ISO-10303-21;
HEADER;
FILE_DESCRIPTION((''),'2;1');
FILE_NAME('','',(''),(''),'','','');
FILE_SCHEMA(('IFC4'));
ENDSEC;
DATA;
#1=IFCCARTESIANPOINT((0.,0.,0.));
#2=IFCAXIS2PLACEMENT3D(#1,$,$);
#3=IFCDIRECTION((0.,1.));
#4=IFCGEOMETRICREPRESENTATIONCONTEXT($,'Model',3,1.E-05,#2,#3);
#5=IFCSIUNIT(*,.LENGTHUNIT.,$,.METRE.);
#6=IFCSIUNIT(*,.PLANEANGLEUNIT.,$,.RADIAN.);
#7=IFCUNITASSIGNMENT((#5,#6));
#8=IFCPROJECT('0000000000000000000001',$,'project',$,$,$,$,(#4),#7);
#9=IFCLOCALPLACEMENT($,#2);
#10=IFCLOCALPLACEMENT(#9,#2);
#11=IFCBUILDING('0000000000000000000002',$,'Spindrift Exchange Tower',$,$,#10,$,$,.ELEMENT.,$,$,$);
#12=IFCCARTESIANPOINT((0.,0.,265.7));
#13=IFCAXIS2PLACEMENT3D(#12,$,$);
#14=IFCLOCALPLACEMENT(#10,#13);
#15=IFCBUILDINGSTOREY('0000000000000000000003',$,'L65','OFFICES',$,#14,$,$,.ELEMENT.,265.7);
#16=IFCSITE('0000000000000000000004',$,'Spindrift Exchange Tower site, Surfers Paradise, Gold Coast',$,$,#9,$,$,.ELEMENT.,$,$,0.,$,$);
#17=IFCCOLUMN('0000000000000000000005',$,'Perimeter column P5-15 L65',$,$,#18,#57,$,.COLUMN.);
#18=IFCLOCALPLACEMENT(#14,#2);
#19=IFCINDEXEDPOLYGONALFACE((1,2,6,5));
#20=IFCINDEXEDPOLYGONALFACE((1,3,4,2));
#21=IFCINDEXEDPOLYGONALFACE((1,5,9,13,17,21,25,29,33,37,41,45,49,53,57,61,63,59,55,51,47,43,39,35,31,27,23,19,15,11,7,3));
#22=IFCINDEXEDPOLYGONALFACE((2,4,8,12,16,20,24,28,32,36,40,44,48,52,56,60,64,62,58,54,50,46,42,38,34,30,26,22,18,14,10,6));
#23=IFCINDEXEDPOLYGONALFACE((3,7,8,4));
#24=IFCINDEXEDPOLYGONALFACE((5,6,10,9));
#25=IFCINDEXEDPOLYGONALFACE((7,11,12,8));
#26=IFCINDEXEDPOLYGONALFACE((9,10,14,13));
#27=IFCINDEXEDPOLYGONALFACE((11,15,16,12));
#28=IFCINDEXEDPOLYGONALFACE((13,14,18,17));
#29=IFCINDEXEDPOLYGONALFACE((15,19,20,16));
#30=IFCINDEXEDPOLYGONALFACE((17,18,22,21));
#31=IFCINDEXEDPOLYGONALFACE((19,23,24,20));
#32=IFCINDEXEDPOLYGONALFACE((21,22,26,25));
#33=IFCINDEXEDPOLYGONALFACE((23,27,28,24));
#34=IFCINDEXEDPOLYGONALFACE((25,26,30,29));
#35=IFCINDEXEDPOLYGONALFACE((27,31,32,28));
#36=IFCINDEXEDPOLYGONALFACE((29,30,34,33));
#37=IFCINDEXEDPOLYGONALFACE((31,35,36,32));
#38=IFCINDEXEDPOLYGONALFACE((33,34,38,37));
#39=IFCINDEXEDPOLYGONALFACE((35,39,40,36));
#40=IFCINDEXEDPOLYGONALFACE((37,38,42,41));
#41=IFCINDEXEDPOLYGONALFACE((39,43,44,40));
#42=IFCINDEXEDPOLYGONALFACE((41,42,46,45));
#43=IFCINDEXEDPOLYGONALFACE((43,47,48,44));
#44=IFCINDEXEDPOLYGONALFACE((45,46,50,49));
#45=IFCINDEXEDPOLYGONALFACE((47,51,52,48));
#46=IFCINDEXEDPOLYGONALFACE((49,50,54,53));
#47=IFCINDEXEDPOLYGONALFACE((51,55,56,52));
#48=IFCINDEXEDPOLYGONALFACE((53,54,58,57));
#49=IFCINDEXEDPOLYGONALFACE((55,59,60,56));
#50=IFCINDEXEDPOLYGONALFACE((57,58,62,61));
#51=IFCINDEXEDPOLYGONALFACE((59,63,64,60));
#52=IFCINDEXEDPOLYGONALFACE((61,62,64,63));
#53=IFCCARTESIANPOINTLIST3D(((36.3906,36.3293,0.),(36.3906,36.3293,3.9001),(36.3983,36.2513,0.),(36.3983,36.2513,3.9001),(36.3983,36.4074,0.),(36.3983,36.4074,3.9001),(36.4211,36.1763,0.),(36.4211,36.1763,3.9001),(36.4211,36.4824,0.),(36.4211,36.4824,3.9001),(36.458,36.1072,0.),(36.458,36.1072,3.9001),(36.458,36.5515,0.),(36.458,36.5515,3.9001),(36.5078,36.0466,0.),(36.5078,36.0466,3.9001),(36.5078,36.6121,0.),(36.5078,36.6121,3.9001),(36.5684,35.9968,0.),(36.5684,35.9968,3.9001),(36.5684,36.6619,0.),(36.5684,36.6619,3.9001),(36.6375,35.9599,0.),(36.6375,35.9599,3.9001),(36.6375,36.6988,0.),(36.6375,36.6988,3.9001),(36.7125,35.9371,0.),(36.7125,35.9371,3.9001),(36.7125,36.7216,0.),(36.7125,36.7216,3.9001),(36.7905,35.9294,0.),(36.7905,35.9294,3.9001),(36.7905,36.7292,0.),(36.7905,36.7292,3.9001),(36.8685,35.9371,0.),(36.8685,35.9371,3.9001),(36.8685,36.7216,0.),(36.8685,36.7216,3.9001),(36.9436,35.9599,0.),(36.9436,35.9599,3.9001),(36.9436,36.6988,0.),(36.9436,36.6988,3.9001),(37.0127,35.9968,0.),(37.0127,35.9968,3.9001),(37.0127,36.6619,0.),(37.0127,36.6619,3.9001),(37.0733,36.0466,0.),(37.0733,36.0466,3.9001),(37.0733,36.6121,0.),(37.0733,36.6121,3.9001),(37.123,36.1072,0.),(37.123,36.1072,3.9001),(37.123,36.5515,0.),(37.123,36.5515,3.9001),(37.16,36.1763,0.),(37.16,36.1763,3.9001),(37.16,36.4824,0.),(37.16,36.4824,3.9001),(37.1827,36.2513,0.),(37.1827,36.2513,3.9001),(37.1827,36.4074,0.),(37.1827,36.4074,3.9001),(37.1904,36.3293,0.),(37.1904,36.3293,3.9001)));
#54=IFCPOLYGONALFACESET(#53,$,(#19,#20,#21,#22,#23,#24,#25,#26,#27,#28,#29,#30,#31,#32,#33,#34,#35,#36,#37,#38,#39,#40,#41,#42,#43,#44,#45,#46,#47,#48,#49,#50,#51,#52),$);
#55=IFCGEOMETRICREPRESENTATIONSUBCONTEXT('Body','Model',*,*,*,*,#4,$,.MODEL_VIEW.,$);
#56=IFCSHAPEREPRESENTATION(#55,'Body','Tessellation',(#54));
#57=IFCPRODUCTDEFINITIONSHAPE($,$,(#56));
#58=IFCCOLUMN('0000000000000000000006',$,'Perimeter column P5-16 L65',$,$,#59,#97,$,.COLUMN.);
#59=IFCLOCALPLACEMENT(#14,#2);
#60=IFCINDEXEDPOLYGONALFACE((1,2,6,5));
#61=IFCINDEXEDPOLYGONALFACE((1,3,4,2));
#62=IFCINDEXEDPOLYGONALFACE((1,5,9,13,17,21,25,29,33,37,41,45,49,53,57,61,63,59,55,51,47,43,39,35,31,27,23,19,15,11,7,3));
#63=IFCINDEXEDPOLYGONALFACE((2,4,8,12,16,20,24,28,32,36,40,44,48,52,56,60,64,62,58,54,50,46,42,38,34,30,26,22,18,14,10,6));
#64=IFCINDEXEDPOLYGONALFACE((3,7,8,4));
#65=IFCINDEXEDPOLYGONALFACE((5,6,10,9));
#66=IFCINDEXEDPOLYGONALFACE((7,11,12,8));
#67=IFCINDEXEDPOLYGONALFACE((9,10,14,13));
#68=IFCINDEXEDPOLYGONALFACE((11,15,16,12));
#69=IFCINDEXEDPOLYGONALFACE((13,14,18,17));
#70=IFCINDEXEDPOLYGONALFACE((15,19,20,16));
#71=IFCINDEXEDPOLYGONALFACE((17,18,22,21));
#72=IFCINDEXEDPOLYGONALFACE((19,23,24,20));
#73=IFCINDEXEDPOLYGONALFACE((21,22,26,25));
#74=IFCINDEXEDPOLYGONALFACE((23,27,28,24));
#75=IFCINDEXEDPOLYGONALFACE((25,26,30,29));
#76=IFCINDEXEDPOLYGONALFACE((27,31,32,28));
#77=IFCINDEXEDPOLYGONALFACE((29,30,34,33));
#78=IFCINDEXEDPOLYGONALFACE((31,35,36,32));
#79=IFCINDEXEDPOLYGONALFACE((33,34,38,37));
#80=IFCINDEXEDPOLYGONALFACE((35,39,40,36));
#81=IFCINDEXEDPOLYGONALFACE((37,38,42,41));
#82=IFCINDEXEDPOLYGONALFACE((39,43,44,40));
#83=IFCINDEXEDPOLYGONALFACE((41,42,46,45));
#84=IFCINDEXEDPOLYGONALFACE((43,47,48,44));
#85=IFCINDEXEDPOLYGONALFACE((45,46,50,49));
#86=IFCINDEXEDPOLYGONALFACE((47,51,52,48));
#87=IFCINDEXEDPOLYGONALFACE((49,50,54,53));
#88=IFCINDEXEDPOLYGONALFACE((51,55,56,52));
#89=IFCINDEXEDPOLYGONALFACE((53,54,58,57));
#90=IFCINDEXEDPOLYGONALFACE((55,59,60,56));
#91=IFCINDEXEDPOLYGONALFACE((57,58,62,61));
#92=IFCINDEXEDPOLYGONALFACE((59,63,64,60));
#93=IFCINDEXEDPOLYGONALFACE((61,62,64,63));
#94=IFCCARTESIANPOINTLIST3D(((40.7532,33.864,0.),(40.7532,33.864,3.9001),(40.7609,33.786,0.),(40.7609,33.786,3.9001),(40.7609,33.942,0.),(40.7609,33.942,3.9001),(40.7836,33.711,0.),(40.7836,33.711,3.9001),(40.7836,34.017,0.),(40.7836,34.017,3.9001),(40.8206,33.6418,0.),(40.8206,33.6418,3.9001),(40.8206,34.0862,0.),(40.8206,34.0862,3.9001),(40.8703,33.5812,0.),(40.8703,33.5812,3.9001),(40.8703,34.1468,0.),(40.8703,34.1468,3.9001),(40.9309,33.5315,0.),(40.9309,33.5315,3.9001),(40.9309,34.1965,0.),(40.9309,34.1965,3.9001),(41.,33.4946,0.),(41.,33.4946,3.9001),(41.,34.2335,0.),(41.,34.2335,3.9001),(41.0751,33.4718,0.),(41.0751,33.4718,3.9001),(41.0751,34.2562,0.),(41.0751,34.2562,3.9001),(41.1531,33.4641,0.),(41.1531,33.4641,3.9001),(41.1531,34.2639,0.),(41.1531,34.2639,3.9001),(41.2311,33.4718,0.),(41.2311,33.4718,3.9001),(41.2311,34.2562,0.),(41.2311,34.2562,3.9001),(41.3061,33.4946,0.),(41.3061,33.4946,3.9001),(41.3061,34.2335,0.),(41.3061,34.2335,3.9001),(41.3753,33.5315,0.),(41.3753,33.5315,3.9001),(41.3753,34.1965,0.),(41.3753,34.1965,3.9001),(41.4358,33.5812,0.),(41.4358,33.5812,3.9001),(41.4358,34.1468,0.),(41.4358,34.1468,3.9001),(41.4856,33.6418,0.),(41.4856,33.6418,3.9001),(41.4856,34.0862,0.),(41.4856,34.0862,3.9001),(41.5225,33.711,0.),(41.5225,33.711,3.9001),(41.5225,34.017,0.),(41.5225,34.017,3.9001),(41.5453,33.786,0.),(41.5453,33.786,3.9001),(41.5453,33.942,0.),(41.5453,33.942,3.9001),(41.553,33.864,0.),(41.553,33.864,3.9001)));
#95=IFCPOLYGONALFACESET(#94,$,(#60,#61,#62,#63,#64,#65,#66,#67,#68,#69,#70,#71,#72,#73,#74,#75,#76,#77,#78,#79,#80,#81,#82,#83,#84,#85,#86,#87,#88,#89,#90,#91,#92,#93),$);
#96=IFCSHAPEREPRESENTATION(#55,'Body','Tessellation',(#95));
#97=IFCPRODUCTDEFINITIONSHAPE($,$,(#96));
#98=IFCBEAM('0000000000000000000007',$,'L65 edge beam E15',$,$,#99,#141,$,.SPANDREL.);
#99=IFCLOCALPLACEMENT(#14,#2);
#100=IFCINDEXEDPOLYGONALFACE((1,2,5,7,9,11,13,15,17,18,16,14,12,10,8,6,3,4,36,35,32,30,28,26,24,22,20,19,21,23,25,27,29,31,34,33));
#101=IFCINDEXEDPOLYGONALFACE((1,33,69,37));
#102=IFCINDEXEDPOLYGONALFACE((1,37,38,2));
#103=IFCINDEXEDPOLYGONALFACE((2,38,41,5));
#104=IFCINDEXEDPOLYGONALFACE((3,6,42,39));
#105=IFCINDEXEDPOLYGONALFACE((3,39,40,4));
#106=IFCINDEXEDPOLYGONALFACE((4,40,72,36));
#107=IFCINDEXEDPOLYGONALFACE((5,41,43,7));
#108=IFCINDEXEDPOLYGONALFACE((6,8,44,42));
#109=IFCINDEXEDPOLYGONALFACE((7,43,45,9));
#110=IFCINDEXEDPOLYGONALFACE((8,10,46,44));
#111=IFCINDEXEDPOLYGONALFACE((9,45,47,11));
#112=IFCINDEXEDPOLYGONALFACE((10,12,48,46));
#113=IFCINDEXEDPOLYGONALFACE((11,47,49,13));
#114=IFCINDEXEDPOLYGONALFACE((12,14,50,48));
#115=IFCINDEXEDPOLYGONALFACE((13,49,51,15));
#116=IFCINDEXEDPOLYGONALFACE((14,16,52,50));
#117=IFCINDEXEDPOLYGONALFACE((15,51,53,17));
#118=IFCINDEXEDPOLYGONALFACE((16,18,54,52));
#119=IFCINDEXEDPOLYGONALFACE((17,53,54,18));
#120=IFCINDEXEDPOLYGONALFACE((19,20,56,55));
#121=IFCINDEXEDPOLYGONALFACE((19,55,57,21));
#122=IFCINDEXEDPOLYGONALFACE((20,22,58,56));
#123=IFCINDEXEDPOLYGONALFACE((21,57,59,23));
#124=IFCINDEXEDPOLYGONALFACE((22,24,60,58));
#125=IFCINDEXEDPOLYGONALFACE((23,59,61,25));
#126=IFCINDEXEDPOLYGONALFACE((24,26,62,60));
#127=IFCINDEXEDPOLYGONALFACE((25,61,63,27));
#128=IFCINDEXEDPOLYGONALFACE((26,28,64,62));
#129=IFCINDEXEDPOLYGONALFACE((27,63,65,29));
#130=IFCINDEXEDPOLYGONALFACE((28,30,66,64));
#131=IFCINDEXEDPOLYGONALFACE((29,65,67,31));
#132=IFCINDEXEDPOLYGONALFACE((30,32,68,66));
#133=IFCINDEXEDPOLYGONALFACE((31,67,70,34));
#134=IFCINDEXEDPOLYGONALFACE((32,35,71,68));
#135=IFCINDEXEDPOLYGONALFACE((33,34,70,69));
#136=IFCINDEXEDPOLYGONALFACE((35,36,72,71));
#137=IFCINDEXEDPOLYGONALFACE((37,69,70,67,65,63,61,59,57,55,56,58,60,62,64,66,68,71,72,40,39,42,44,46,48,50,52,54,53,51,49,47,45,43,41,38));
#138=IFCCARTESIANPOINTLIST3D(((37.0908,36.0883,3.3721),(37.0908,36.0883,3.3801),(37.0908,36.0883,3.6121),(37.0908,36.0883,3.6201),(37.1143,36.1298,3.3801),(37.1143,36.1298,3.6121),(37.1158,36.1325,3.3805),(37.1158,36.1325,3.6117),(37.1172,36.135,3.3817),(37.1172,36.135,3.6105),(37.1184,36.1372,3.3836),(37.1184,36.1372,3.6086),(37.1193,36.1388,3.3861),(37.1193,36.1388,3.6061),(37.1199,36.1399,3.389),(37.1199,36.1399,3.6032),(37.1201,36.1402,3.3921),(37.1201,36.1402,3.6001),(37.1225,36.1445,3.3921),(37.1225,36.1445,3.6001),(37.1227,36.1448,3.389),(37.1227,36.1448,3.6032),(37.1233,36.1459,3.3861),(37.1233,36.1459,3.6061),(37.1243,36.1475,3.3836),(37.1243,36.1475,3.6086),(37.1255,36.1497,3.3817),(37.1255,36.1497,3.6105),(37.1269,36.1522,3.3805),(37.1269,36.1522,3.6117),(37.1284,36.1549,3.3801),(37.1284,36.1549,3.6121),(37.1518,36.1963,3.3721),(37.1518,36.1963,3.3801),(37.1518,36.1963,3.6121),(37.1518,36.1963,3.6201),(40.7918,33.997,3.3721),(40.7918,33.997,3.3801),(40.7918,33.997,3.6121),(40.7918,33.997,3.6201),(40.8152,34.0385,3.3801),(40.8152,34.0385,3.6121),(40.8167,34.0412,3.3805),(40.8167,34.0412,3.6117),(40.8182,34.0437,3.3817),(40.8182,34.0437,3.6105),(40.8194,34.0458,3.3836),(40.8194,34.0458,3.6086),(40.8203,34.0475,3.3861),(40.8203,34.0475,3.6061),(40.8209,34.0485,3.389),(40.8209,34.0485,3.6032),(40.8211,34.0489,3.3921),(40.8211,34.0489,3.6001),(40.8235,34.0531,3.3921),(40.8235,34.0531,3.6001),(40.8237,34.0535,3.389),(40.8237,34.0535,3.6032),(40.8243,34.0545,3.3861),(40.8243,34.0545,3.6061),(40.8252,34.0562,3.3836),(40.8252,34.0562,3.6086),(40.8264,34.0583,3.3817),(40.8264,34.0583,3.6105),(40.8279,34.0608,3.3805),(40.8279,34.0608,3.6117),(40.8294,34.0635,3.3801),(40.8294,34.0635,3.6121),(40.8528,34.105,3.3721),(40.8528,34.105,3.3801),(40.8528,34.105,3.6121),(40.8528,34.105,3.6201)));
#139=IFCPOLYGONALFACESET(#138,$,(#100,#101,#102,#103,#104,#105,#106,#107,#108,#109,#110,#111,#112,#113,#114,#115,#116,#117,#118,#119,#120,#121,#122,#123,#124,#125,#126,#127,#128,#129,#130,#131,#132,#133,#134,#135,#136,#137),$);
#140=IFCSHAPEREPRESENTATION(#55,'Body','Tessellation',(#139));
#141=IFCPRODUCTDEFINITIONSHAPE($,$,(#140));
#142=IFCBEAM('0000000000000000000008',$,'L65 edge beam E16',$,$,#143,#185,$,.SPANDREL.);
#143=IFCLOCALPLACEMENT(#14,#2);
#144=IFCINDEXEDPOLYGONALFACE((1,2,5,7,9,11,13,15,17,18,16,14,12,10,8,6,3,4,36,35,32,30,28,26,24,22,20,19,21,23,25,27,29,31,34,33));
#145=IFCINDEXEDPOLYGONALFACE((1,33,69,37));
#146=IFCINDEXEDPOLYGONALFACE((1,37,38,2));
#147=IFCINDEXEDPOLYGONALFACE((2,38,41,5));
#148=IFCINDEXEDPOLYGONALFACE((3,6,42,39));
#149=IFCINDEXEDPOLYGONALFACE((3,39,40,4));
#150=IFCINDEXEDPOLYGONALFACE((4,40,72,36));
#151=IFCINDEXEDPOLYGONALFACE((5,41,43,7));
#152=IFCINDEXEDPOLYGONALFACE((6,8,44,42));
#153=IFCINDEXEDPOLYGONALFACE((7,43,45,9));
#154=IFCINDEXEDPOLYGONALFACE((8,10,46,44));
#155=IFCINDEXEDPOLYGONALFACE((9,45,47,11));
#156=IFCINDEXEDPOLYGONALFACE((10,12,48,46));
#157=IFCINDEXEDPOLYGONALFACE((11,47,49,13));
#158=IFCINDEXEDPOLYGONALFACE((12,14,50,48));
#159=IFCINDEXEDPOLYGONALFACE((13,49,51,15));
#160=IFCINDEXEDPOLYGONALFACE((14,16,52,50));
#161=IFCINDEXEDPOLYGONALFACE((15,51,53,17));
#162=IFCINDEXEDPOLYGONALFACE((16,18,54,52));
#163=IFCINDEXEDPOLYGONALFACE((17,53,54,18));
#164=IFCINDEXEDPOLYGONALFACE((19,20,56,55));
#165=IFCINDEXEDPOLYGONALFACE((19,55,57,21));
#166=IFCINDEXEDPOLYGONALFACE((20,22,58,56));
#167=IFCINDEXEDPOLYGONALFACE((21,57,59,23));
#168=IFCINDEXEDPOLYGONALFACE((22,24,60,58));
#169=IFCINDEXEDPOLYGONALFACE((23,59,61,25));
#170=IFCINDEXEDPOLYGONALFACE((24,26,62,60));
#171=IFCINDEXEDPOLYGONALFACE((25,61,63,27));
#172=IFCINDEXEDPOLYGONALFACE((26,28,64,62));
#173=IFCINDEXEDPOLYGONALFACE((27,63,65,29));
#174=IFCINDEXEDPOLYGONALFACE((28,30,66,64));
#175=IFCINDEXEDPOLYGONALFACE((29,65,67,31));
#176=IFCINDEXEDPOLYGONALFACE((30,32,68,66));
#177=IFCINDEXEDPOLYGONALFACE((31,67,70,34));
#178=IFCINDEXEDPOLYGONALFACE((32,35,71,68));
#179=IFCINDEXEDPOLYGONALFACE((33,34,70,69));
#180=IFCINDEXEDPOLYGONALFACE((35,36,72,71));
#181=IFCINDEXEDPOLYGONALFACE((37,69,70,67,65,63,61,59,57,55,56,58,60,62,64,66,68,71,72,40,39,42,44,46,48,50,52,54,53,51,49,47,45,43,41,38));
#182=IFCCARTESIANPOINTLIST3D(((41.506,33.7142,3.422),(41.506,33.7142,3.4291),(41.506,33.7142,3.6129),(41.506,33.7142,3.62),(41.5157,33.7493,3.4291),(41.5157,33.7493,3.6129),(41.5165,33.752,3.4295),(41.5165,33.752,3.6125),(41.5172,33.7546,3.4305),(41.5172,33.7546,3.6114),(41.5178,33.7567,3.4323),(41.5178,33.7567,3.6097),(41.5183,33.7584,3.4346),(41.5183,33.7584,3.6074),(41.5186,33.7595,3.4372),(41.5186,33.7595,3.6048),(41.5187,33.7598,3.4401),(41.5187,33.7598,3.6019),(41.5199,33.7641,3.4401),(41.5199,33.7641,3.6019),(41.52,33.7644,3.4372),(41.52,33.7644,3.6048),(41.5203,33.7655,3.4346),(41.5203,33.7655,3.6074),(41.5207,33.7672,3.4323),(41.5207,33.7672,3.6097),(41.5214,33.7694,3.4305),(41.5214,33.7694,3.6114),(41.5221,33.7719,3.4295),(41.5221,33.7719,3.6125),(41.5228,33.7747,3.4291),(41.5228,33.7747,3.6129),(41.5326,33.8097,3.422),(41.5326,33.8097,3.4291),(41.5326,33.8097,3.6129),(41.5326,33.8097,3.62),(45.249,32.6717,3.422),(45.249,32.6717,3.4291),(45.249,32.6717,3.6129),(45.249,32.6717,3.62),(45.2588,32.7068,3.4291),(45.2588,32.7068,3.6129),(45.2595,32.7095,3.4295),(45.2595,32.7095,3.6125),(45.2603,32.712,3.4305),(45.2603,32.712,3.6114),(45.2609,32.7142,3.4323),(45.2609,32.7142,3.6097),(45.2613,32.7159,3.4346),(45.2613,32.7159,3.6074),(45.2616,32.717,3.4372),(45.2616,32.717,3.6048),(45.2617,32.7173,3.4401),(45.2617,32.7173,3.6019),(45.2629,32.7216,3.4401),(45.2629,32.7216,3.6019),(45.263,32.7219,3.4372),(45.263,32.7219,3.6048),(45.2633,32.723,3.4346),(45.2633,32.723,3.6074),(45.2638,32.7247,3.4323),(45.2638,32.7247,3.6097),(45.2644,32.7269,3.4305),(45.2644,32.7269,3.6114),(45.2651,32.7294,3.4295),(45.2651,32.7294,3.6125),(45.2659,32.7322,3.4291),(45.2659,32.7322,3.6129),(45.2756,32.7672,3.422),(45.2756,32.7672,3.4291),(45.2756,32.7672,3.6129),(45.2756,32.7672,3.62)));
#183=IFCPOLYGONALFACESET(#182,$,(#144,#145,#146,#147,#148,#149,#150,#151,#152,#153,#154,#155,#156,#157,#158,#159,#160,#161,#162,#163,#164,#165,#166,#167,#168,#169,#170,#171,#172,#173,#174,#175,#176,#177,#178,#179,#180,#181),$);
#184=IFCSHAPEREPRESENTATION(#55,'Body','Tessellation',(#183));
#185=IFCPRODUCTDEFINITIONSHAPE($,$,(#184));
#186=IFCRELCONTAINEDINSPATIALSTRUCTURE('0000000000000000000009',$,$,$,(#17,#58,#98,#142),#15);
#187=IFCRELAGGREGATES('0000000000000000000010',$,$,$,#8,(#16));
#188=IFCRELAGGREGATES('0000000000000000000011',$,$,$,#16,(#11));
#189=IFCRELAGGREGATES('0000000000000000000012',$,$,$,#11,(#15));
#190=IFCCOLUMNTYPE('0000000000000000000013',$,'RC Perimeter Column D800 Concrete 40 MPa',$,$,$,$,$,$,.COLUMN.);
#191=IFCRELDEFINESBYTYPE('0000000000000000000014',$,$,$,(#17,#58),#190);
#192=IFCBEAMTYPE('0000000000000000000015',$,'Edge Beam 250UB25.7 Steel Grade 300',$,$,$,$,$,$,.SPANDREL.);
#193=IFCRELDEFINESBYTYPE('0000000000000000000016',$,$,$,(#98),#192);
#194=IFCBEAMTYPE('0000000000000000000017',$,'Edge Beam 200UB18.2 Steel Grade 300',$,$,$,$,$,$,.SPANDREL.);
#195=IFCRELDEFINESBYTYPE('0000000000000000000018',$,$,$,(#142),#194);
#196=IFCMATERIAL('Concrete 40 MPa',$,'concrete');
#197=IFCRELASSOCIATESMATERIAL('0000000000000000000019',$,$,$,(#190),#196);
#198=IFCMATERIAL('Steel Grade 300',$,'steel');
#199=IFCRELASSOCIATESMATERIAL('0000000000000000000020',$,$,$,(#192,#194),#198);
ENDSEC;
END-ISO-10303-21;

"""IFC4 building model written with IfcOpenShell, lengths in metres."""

from ifc_helpers import new_model, si_unit, direction, frame, origin, origin_2d, place, context, subcontext, project, spatial, circle, i_section, extrude, source, transform, mapped, material, material_profile, profile_set, type_object, element, save


model = new_model("IFC4")

# Units and contexts
model_context = context("Model", 3, precision=1e-05, world=origin(), true_north=direction((0.0, 1.0)))
body_context = subcontext(model_context, "Body", "Model", "MODEL_VIEW")
ifc_project = project(units=[si_unit("LENGTHUNIT", "METRE"), si_unit("PLANEANGLEUNIT", "RADIAN")], contexts=[model_context])

# Site, building, storey
site_placement = place(None, origin())
site = spatial("IfcSite", under=ifc_project, at=site_placement, Name="Spindrift Exchange Tower site, Surfers Paradise, Gold Coast", CompositionType="ELEMENT", RefElevation=0.0)
building_placement = place(site_placement, origin())
building = spatial("IfcBuilding", under=site, at=building_placement, Name="Spindrift Exchange Tower", CompositionType="ELEMENT")
storey_placement = place(building_placement, frame((0.0, 0.0, 265.7)))
storey = spatial("IfcBuildingStorey", under=building, at=storey_placement, Name="L65", Description="OFFICES", CompositionType="ELEMENT", Elevation=265.7)

# Columns
ifc_material_1 = material(Name="Concrete 40 MPa", Category="concrete")
ifc_material_profile_1 = material_profile(ifc_material_1, circle(Radius=0.3999, at=origin_2d()), Name="RC D800")
ifc_profile_set_1 = profile_set([ifc_material_profile_1], Name="Concrete 40 MPa")
column_type = type_object("IfcColumnType", Name="RC Perimeter Column D800 Concrete 40 MPa", PredefinedType="COLUMN", material=ifc_profile_set_1)
shared_shape_1 = source(origin(), body_context, "Body", "SweptSolid", [
    extrude(circle(Radius=0.3999, at=origin_2d()), origin(), (0.0, 0.0, 1.0), 3.9001),
])
for number, where, z_axis, x_axis, name in (
    (1, (36.7905, 36.3293, 0.0), (0.0, 0.0, 1.0), (1.0, 0.0, 0.0), "Perimeter column P5-15 L65"),
    (2, (41.1531, 33.864, 0.0), (0.0, 0.0, 1.0), (1.0, 0.0, 0.0), "Perimeter column P5-16 L65"),
):
    element("IfcColumn", number, at=place(storey_placement, frame(where, z_axis=z_axis, x_axis=x_axis)), inside=storey, type_object=column_type, Name=name, PredefinedType="COLUMN", context=body_context, shape_type="MappedRepresentation", body=[
        mapped(shared_shape_1, transform((0.0, 0.0, 0.0), scale=1.0)),
    ])

# Beams
ifc_material_2 = material(Name="Steel Grade 300", Category="steel")
ifc_material_profile_2 = material_profile(ifc_material_2, i_section(OverallWidth=0.124, OverallDepth=0.248, WebThickness=0.0049, FlangeThickness=0.0081, FilletRadius=0.012, at=origin_2d()), Name="250UB25.7")
ifc_profile_set_2 = profile_set([ifc_material_profile_2], Name="Steel Grade 300")
beam_type_1 = type_object("IfcBeamType", Name="Edge Beam 250UB25.7 Steel Grade 300", PredefinedType="SPANDREL", material=ifc_profile_set_2)
shared_shape_2 = source(origin(), body_context, "Body", "SweptSolid", [
    extrude(i_section(OverallWidth=0.124, OverallDepth=0.248, WebThickness=0.0049, FlangeThickness=0.0081, FilletRadius=0.012, at=origin_2d()), origin(), (0.0, 0.0, 1.0), 4.251),
])
beam_1_placement = place(storey_placement, frame((37.1213, 36.1423, 3.4961), z_axis=(0.870615, -0.491965, 0.0), x_axis=(0.491965, 0.870615, 0.0)))
element("IfcBeam", 3, at=beam_1_placement, inside=storey, type_object=beam_type_1, Name="L65 edge beam E15", PredefinedType="SPANDREL", context=body_context, shape_type="MappedRepresentation", body=[
    mapped(shared_shape_2, transform((0.0, 0.0, 0.0), scale=1.0)),
])
ifc_material_profile_3 = material_profile(ifc_material_2, i_section(OverallWidth=0.0991, OverallDepth=0.198, WebThickness=0.0044, FlangeThickness=0.0071, FilletRadius=0.011, at=origin_2d()), Name="200UB18.2")
ifc_profile_set_3 = profile_set([ifc_material_profile_3], Name="Steel Grade 300")
beam_type_2 = type_object("IfcBeamType", Name="Edge Beam 200UB18.2 Steel Grade 300", PredefinedType="SPANDREL", material=ifc_profile_set_3)
shared_shape_3 = source(origin(), body_context, "Body", "SweptSolid", [
    extrude(i_section(OverallWidth=0.0991, OverallDepth=0.198, WebThickness=0.0044, FlangeThickness=0.0071, FilletRadius=0.011, at=origin_2d()), origin(), (0.0, 0.0, 1.0), 3.8855),
])
beam_2_placement = place(storey_placement, frame((41.5193, 33.762, 3.521), z_axis=(0.963333, -0.268308, 0.0), x_axis=(0.268308, 0.963333, 0.0)))
element("IfcBeam", 4, at=beam_2_placement, inside=storey, type_object=beam_type_2, Name="L65 edge beam E16", PredefinedType="SPANDREL", context=body_context, shape_type="MappedRepresentation", body=[
    mapped(shared_shape_3, transform((0.0, 0.0, 0.0), scale=1.0)),
])

save(model, "model.ifc")
